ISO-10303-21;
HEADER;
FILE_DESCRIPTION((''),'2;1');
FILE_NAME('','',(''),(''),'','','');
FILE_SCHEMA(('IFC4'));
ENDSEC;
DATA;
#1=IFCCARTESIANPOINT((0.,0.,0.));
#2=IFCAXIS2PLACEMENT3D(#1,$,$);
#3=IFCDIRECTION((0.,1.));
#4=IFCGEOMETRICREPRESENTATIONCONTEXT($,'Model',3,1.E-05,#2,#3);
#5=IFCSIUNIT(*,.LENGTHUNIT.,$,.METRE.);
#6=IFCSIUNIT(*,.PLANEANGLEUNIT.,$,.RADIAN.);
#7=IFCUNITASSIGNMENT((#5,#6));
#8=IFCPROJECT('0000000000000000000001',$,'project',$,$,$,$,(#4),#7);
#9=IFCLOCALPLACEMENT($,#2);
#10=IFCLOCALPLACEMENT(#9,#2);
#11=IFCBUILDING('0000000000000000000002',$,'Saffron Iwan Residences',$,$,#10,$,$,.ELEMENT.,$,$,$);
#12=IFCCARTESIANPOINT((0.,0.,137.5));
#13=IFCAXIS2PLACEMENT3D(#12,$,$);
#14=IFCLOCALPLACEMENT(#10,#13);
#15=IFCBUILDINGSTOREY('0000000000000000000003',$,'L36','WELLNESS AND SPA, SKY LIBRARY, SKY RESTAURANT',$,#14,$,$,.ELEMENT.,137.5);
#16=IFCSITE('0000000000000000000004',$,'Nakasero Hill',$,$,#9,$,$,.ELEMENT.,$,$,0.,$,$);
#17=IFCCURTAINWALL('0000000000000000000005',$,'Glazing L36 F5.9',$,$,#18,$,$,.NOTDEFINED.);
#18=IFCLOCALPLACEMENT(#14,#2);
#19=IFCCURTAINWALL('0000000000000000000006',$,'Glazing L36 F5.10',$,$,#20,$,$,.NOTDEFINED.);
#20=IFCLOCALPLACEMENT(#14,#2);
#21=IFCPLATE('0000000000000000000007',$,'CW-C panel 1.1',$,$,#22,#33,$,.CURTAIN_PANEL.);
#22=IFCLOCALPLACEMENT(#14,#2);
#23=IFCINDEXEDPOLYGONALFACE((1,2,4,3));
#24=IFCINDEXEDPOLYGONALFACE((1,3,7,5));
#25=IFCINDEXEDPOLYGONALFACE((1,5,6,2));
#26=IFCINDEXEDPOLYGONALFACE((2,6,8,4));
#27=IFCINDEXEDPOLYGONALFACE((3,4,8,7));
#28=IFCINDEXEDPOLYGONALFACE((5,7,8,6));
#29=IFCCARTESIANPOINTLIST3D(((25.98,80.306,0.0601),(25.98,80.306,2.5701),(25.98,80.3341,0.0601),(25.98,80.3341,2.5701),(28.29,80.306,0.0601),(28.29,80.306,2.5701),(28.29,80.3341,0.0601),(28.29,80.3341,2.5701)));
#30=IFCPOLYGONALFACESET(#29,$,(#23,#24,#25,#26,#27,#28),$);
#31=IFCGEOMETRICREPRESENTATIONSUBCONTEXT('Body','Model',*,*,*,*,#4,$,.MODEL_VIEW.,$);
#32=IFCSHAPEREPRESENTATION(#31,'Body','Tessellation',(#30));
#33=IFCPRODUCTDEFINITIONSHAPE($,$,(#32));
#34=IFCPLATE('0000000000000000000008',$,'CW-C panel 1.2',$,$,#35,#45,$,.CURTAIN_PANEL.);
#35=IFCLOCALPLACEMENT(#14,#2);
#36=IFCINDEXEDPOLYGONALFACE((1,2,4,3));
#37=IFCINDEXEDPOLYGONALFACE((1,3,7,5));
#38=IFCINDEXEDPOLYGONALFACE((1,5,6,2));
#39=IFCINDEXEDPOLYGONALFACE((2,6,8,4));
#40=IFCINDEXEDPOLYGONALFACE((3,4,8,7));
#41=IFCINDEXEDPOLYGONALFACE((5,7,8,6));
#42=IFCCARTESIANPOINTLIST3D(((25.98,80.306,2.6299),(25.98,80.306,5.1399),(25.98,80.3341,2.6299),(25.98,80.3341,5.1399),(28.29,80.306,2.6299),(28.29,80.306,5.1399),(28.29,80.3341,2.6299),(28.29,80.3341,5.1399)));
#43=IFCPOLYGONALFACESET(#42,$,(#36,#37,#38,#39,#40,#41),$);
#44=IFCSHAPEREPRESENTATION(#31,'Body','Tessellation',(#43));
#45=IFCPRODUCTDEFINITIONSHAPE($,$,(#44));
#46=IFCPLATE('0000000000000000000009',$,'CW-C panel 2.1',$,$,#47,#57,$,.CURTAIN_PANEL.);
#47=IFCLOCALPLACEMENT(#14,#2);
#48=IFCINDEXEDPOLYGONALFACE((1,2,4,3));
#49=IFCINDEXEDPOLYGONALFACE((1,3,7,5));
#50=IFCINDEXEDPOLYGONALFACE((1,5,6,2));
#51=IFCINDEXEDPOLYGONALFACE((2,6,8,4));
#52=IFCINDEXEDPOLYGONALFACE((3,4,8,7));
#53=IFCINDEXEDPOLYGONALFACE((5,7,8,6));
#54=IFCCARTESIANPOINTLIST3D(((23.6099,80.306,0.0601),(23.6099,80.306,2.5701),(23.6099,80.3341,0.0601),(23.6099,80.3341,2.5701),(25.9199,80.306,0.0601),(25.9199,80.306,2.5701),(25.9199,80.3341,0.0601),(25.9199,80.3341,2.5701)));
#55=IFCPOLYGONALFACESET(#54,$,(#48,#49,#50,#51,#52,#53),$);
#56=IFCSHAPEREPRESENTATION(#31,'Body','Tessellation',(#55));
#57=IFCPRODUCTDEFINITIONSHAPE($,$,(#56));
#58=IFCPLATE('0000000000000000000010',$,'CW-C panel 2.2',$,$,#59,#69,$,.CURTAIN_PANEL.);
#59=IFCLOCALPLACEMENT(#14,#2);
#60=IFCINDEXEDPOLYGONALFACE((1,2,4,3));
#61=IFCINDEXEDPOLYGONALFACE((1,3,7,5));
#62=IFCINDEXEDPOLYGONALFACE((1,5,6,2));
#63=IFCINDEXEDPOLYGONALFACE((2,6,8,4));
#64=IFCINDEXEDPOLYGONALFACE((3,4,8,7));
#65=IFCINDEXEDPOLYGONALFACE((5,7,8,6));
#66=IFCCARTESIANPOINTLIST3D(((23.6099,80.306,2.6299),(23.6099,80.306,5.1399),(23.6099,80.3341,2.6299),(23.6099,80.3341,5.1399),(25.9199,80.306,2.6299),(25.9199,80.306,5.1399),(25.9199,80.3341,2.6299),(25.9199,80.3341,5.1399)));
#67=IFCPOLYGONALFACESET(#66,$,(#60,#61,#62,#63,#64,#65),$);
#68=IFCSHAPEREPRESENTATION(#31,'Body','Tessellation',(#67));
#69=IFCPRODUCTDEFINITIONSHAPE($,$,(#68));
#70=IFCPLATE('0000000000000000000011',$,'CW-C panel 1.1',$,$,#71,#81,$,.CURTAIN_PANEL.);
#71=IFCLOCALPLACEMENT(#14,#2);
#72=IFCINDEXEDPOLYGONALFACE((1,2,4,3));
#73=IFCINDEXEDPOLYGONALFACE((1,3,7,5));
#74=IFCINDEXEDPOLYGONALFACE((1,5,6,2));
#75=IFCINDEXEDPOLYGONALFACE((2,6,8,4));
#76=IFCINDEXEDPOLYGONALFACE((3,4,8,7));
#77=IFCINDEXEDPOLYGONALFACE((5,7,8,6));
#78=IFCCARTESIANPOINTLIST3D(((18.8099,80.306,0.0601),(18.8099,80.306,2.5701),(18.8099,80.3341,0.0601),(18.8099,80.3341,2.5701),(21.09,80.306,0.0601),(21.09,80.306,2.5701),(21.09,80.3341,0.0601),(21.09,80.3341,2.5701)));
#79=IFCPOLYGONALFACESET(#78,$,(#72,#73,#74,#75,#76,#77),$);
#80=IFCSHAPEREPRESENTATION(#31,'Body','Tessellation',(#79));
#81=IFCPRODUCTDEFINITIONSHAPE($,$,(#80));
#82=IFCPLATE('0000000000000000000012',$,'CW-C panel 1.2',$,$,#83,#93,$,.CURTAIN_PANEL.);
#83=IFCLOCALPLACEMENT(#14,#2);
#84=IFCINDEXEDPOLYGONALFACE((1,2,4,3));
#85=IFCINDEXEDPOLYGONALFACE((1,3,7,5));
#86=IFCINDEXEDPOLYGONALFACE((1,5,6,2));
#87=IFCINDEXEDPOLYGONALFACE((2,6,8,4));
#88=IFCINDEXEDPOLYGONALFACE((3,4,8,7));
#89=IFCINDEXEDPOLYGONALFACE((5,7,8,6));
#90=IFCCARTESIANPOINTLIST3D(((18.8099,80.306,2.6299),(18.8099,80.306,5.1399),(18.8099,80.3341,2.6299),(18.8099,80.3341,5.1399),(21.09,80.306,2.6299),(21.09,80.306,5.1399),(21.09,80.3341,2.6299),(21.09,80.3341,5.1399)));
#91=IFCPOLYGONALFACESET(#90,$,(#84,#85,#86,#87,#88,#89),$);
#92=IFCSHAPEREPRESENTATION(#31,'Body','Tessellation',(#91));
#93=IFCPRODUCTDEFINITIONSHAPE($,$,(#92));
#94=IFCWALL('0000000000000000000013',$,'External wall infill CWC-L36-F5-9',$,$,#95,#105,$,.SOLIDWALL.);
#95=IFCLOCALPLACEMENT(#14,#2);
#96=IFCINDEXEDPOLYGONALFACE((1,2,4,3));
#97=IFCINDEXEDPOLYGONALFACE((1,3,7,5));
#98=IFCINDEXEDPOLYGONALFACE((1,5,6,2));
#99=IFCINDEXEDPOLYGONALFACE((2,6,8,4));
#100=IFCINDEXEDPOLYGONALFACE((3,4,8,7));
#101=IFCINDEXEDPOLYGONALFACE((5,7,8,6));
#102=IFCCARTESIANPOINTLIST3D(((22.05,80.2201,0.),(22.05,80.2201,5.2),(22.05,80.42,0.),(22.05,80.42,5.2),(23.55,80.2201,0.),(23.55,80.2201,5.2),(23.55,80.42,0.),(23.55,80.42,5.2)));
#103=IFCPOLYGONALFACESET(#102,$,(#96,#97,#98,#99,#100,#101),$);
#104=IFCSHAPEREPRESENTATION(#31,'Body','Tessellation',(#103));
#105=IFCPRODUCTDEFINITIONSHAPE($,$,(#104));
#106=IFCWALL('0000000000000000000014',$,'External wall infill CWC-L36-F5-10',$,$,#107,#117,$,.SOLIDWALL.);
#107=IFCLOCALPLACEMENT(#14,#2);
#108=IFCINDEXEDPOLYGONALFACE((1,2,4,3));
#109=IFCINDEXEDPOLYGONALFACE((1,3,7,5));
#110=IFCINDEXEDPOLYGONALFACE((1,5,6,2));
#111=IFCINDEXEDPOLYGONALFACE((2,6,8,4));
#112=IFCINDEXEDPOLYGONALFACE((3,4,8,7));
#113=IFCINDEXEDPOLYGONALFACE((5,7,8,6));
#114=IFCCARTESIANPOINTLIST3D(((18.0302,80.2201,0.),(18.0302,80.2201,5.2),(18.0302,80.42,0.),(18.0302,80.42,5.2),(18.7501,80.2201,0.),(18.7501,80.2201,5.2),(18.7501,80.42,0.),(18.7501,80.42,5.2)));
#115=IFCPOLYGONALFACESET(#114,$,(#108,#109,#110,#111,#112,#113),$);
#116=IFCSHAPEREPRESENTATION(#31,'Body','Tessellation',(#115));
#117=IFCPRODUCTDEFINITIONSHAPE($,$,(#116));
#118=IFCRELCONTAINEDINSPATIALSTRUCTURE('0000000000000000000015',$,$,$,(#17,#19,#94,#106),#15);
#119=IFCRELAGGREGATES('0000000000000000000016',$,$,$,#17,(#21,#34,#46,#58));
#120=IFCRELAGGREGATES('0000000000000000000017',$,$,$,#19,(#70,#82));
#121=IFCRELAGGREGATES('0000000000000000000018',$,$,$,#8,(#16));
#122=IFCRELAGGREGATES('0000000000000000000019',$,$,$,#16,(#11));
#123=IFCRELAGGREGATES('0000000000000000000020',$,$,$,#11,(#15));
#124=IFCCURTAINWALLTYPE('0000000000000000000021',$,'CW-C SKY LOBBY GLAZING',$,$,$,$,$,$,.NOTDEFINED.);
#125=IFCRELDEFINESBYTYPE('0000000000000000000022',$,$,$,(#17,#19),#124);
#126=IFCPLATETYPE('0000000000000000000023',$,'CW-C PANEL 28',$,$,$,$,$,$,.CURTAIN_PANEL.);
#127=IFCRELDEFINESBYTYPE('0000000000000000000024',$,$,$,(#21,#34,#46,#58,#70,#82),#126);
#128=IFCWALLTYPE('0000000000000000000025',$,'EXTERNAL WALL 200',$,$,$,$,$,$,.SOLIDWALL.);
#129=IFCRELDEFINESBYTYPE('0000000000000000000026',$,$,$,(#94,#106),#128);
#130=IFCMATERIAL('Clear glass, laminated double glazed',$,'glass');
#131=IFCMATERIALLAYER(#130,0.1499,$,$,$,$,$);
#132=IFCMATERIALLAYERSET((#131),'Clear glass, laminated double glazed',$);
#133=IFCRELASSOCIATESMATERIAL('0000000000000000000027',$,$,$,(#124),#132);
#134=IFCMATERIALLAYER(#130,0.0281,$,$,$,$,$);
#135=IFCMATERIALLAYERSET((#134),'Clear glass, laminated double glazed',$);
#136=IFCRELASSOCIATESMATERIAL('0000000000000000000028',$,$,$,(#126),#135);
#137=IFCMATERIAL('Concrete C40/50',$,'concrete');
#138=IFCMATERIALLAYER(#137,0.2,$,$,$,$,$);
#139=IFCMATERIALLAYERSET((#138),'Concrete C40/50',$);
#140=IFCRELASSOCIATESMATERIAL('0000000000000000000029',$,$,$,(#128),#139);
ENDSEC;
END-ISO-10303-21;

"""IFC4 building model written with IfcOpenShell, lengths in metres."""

from ifc_helpers import new_model, si_unit, direction, frame, frame_2d, origin, origin_2d, place, context, subcontext, project, spatial, rectangle, extrude, source, transform, mapped, material, layer, layer_set, type_object, element, aggregate, save


model = new_model("IFC4")

# Units and contexts
model_context = context("Model", 3, precision=1e-05, world=origin(), true_north=direction((0.0, 1.0)))
body_context = subcontext(model_context, "Body", "Model", "MODEL_VIEW")
ifc_project = project(units=[si_unit("LENGTHUNIT", "METRE"), si_unit("PLANEANGLEUNIT", "RADIAN")], contexts=[model_context])

# Site, building, storey
site_placement = place(None, origin())
site = spatial("IfcSite", under=ifc_project, at=site_placement, Name="Nakasero Hill", CompositionType="ELEMENT", RefElevation=0.0)
building_placement = place(site_placement, origin())
building = spatial("IfcBuilding", under=site, at=building_placement, Name="Saffron Iwan Residences", CompositionType="ELEMENT")
storey_placement = place(building_placement, frame((0.0, 0.0, 137.5)))
storey = spatial("IfcBuildingStorey", under=building, at=storey_placement, Name="L36", Description="WELLNESS AND SPA, SKY LIBRARY, SKY RESTAURANT", CompositionType="ELEMENT", Elevation=137.5)

# Curtain walls
ifc_material_1 = material(Name="Clear glass, laminated double glazed", Category="glass")
ifc_layer_1 = layer(ifc_material_1, 0.1499)
ifc_layer_set_1 = layer_set([ifc_layer_1], Name="Clear glass, laminated double glazed")
curtain_wall_type = type_object("IfcCurtainWallType", Name="CW-C SKY LOBBY GLAZING", PredefinedType="NOTDEFINED", material=ifc_layer_set_1)
curtain_wall_1_placement = place(storey_placement, origin())
curtain_wall_1 = element("IfcCurtainWall", 1, at=curtain_wall_1_placement, inside=storey, type_object=curtain_wall_type, Name="Glazing L36 F5.9", PredefinedType="NOTDEFINED")
curtain_wall_2_placement = place(storey_placement, origin())
curtain_wall_2 = element("IfcCurtainWall", 2, at=curtain_wall_2_placement, inside=storey, type_object=curtain_wall_type, Name="Glazing L36 F5.10", PredefinedType="NOTDEFINED")

# Plates
ifc_layer_2 = layer(ifc_material_1, 0.0281)
ifc_layer_set_2 = layer_set([ifc_layer_2], Name="Clear glass, laminated double glazed")
plate_type = type_object("IfcPlateType", Name="CW-C PANEL 28", PredefinedType="CURTAIN_PANEL", material=ifc_layer_set_2)
shared_shape_1 = source(origin(), body_context, "Body", "SweptSolid", [
    extrude(rectangle(XDim=2.3101, YDim=0.0281, at=origin_2d()), origin(), (0.0, 0.0, 1.0), 2.51),
])
plate_1_placement = place(storey_placement, frame((27.135, 80.3201, 0.0601), z_axis=(0.0, 0.0, 1.0), x_axis=(-1.0, 0.0, 0.0)))
plate_1 = element("IfcPlate", 3, at=plate_1_placement, type_object=plate_type, Name="CW-C panel 1.1", PredefinedType="CURTAIN_PANEL", context=body_context, shape_type="MappedRepresentation", body=[
    mapped(shared_shape_1, transform((0.0, 0.0, 0.0))),
])
plate_2_placement = place(storey_placement, frame((27.135, 80.3201, 2.6299), z_axis=(0.0, 0.0, 1.0), x_axis=(-1.0, 0.0, 0.0)))
plate_2 = element("IfcPlate", 4, at=plate_2_placement, type_object=plate_type, Name="CW-C panel 1.2", PredefinedType="CURTAIN_PANEL", context=body_context, shape_type="MappedRepresentation", body=[
    mapped(shared_shape_1, transform((0.0, 0.0, 0.0))),
])
plate_3_placement = place(storey_placement, frame((24.7649, 80.3201, 0.0601), z_axis=(0.0, 0.0, 1.0), x_axis=(-1.0, 0.0, 0.0)))
plate_3 = element("IfcPlate", 5, at=plate_3_placement, type_object=plate_type, Name="CW-C panel 2.1", PredefinedType="CURTAIN_PANEL", context=body_context, shape_type="MappedRepresentation", body=[
    mapped(shared_shape_1, transform((0.0, 0.0, 0.0))),
])
plate_4_placement = place(storey_placement, frame((24.7649, 80.3201, 2.6299), z_axis=(0.0, 0.0, 1.0), x_axis=(-1.0, 0.0, 0.0)))
plate_4 = element("IfcPlate", 6, at=plate_4_placement, type_object=plate_type, Name="CW-C panel 2.2", PredefinedType="CURTAIN_PANEL", context=body_context, shape_type="MappedRepresentation", body=[
    mapped(shared_shape_1, transform((0.0, 0.0, 0.0))),
])
aggregate(curtain_wall_1, [plate_1, plate_2, plate_3, plate_4])
shared_shape_2 = source(origin(), body_context, "Body", "SweptSolid", [
    extrude(rectangle(XDim=2.28, YDim=0.0281, at=origin_2d()), origin(), (0.0, 0.0, 1.0), 2.51),
])
plate_5_placement = place(storey_placement, frame((19.95, 80.3201, 0.0601), z_axis=(0.0, 0.0, 1.0), x_axis=(-1.0, 0.0, 0.0)))
plate_5 = element("IfcPlate", 7, at=plate_5_placement, type_object=plate_type, Name="CW-C panel 1.1", PredefinedType="CURTAIN_PANEL", context=body_context, shape_type="MappedRepresentation", body=[
    mapped(shared_shape_2, transform((0.0, 0.0, 0.0))),
])
plate_6_placement = place(storey_placement, frame((19.95, 80.3201, 2.6299), z_axis=(0.0, 0.0, 1.0), x_axis=(-1.0, 0.0, 0.0)))
plate_6 = element("IfcPlate", 8, at=plate_6_placement, type_object=plate_type, Name="CW-C panel 1.2", PredefinedType="CURTAIN_PANEL", context=body_context, shape_type="MappedRepresentation", body=[
    mapped(shared_shape_2, transform((0.0, 0.0, 0.0))),
])
aggregate(curtain_wall_2, [plate_5, plate_6])

# Walls
ifc_material_2 = material(Name="Concrete C40/50", Category="concrete")
ifc_layer_3 = layer(ifc_material_2, 0.2)
ifc_layer_set_3 = layer_set([ifc_layer_3], Name="Concrete C40/50")
wall_type = type_object("IfcWallType", Name="EXTERNAL WALL 200", PredefinedType="SOLIDWALL", material=ifc_layer_set_3)
wall_1_placement = place(storey_placement, frame((23.55, 80.3201, 0.0), z_axis=(0.0, 0.0, 1.0), x_axis=(-1.0, 0.0, 0.0)))
element("IfcWall", 9, at=wall_1_placement, inside=storey, type_object=wall_type, Name="External wall infill CWC-L36-F5-9", PredefinedType="SOLIDWALL", context=body_context, shape_type="SweptSolid", body=[
    extrude(rectangle(XDim=1.5, YDim=0.2, at=frame_2d((0.75, 0.0))), origin(), (0.0, 0.0, 1.0), 5.2),
])
wall_2_placement = place(storey_placement, frame((18.75, 80.3201, 0.0), z_axis=(0.0, 0.0, 1.0), x_axis=(-1.0, 0.0, 0.0)))
element("IfcWall", 10, at=wall_2_placement, inside=storey, type_object=wall_type, Name="External wall infill CWC-L36-F5-10", PredefinedType="SOLIDWALL", context=body_context, shape_type="SweptSolid", body=[
    extrude(rectangle(XDim=0.72, YDim=0.2, at=frame_2d((0.3599, 0.0))), origin(), (0.0, 0.0, 1.0), 5.2),
])

save(model, "model.ifc")
